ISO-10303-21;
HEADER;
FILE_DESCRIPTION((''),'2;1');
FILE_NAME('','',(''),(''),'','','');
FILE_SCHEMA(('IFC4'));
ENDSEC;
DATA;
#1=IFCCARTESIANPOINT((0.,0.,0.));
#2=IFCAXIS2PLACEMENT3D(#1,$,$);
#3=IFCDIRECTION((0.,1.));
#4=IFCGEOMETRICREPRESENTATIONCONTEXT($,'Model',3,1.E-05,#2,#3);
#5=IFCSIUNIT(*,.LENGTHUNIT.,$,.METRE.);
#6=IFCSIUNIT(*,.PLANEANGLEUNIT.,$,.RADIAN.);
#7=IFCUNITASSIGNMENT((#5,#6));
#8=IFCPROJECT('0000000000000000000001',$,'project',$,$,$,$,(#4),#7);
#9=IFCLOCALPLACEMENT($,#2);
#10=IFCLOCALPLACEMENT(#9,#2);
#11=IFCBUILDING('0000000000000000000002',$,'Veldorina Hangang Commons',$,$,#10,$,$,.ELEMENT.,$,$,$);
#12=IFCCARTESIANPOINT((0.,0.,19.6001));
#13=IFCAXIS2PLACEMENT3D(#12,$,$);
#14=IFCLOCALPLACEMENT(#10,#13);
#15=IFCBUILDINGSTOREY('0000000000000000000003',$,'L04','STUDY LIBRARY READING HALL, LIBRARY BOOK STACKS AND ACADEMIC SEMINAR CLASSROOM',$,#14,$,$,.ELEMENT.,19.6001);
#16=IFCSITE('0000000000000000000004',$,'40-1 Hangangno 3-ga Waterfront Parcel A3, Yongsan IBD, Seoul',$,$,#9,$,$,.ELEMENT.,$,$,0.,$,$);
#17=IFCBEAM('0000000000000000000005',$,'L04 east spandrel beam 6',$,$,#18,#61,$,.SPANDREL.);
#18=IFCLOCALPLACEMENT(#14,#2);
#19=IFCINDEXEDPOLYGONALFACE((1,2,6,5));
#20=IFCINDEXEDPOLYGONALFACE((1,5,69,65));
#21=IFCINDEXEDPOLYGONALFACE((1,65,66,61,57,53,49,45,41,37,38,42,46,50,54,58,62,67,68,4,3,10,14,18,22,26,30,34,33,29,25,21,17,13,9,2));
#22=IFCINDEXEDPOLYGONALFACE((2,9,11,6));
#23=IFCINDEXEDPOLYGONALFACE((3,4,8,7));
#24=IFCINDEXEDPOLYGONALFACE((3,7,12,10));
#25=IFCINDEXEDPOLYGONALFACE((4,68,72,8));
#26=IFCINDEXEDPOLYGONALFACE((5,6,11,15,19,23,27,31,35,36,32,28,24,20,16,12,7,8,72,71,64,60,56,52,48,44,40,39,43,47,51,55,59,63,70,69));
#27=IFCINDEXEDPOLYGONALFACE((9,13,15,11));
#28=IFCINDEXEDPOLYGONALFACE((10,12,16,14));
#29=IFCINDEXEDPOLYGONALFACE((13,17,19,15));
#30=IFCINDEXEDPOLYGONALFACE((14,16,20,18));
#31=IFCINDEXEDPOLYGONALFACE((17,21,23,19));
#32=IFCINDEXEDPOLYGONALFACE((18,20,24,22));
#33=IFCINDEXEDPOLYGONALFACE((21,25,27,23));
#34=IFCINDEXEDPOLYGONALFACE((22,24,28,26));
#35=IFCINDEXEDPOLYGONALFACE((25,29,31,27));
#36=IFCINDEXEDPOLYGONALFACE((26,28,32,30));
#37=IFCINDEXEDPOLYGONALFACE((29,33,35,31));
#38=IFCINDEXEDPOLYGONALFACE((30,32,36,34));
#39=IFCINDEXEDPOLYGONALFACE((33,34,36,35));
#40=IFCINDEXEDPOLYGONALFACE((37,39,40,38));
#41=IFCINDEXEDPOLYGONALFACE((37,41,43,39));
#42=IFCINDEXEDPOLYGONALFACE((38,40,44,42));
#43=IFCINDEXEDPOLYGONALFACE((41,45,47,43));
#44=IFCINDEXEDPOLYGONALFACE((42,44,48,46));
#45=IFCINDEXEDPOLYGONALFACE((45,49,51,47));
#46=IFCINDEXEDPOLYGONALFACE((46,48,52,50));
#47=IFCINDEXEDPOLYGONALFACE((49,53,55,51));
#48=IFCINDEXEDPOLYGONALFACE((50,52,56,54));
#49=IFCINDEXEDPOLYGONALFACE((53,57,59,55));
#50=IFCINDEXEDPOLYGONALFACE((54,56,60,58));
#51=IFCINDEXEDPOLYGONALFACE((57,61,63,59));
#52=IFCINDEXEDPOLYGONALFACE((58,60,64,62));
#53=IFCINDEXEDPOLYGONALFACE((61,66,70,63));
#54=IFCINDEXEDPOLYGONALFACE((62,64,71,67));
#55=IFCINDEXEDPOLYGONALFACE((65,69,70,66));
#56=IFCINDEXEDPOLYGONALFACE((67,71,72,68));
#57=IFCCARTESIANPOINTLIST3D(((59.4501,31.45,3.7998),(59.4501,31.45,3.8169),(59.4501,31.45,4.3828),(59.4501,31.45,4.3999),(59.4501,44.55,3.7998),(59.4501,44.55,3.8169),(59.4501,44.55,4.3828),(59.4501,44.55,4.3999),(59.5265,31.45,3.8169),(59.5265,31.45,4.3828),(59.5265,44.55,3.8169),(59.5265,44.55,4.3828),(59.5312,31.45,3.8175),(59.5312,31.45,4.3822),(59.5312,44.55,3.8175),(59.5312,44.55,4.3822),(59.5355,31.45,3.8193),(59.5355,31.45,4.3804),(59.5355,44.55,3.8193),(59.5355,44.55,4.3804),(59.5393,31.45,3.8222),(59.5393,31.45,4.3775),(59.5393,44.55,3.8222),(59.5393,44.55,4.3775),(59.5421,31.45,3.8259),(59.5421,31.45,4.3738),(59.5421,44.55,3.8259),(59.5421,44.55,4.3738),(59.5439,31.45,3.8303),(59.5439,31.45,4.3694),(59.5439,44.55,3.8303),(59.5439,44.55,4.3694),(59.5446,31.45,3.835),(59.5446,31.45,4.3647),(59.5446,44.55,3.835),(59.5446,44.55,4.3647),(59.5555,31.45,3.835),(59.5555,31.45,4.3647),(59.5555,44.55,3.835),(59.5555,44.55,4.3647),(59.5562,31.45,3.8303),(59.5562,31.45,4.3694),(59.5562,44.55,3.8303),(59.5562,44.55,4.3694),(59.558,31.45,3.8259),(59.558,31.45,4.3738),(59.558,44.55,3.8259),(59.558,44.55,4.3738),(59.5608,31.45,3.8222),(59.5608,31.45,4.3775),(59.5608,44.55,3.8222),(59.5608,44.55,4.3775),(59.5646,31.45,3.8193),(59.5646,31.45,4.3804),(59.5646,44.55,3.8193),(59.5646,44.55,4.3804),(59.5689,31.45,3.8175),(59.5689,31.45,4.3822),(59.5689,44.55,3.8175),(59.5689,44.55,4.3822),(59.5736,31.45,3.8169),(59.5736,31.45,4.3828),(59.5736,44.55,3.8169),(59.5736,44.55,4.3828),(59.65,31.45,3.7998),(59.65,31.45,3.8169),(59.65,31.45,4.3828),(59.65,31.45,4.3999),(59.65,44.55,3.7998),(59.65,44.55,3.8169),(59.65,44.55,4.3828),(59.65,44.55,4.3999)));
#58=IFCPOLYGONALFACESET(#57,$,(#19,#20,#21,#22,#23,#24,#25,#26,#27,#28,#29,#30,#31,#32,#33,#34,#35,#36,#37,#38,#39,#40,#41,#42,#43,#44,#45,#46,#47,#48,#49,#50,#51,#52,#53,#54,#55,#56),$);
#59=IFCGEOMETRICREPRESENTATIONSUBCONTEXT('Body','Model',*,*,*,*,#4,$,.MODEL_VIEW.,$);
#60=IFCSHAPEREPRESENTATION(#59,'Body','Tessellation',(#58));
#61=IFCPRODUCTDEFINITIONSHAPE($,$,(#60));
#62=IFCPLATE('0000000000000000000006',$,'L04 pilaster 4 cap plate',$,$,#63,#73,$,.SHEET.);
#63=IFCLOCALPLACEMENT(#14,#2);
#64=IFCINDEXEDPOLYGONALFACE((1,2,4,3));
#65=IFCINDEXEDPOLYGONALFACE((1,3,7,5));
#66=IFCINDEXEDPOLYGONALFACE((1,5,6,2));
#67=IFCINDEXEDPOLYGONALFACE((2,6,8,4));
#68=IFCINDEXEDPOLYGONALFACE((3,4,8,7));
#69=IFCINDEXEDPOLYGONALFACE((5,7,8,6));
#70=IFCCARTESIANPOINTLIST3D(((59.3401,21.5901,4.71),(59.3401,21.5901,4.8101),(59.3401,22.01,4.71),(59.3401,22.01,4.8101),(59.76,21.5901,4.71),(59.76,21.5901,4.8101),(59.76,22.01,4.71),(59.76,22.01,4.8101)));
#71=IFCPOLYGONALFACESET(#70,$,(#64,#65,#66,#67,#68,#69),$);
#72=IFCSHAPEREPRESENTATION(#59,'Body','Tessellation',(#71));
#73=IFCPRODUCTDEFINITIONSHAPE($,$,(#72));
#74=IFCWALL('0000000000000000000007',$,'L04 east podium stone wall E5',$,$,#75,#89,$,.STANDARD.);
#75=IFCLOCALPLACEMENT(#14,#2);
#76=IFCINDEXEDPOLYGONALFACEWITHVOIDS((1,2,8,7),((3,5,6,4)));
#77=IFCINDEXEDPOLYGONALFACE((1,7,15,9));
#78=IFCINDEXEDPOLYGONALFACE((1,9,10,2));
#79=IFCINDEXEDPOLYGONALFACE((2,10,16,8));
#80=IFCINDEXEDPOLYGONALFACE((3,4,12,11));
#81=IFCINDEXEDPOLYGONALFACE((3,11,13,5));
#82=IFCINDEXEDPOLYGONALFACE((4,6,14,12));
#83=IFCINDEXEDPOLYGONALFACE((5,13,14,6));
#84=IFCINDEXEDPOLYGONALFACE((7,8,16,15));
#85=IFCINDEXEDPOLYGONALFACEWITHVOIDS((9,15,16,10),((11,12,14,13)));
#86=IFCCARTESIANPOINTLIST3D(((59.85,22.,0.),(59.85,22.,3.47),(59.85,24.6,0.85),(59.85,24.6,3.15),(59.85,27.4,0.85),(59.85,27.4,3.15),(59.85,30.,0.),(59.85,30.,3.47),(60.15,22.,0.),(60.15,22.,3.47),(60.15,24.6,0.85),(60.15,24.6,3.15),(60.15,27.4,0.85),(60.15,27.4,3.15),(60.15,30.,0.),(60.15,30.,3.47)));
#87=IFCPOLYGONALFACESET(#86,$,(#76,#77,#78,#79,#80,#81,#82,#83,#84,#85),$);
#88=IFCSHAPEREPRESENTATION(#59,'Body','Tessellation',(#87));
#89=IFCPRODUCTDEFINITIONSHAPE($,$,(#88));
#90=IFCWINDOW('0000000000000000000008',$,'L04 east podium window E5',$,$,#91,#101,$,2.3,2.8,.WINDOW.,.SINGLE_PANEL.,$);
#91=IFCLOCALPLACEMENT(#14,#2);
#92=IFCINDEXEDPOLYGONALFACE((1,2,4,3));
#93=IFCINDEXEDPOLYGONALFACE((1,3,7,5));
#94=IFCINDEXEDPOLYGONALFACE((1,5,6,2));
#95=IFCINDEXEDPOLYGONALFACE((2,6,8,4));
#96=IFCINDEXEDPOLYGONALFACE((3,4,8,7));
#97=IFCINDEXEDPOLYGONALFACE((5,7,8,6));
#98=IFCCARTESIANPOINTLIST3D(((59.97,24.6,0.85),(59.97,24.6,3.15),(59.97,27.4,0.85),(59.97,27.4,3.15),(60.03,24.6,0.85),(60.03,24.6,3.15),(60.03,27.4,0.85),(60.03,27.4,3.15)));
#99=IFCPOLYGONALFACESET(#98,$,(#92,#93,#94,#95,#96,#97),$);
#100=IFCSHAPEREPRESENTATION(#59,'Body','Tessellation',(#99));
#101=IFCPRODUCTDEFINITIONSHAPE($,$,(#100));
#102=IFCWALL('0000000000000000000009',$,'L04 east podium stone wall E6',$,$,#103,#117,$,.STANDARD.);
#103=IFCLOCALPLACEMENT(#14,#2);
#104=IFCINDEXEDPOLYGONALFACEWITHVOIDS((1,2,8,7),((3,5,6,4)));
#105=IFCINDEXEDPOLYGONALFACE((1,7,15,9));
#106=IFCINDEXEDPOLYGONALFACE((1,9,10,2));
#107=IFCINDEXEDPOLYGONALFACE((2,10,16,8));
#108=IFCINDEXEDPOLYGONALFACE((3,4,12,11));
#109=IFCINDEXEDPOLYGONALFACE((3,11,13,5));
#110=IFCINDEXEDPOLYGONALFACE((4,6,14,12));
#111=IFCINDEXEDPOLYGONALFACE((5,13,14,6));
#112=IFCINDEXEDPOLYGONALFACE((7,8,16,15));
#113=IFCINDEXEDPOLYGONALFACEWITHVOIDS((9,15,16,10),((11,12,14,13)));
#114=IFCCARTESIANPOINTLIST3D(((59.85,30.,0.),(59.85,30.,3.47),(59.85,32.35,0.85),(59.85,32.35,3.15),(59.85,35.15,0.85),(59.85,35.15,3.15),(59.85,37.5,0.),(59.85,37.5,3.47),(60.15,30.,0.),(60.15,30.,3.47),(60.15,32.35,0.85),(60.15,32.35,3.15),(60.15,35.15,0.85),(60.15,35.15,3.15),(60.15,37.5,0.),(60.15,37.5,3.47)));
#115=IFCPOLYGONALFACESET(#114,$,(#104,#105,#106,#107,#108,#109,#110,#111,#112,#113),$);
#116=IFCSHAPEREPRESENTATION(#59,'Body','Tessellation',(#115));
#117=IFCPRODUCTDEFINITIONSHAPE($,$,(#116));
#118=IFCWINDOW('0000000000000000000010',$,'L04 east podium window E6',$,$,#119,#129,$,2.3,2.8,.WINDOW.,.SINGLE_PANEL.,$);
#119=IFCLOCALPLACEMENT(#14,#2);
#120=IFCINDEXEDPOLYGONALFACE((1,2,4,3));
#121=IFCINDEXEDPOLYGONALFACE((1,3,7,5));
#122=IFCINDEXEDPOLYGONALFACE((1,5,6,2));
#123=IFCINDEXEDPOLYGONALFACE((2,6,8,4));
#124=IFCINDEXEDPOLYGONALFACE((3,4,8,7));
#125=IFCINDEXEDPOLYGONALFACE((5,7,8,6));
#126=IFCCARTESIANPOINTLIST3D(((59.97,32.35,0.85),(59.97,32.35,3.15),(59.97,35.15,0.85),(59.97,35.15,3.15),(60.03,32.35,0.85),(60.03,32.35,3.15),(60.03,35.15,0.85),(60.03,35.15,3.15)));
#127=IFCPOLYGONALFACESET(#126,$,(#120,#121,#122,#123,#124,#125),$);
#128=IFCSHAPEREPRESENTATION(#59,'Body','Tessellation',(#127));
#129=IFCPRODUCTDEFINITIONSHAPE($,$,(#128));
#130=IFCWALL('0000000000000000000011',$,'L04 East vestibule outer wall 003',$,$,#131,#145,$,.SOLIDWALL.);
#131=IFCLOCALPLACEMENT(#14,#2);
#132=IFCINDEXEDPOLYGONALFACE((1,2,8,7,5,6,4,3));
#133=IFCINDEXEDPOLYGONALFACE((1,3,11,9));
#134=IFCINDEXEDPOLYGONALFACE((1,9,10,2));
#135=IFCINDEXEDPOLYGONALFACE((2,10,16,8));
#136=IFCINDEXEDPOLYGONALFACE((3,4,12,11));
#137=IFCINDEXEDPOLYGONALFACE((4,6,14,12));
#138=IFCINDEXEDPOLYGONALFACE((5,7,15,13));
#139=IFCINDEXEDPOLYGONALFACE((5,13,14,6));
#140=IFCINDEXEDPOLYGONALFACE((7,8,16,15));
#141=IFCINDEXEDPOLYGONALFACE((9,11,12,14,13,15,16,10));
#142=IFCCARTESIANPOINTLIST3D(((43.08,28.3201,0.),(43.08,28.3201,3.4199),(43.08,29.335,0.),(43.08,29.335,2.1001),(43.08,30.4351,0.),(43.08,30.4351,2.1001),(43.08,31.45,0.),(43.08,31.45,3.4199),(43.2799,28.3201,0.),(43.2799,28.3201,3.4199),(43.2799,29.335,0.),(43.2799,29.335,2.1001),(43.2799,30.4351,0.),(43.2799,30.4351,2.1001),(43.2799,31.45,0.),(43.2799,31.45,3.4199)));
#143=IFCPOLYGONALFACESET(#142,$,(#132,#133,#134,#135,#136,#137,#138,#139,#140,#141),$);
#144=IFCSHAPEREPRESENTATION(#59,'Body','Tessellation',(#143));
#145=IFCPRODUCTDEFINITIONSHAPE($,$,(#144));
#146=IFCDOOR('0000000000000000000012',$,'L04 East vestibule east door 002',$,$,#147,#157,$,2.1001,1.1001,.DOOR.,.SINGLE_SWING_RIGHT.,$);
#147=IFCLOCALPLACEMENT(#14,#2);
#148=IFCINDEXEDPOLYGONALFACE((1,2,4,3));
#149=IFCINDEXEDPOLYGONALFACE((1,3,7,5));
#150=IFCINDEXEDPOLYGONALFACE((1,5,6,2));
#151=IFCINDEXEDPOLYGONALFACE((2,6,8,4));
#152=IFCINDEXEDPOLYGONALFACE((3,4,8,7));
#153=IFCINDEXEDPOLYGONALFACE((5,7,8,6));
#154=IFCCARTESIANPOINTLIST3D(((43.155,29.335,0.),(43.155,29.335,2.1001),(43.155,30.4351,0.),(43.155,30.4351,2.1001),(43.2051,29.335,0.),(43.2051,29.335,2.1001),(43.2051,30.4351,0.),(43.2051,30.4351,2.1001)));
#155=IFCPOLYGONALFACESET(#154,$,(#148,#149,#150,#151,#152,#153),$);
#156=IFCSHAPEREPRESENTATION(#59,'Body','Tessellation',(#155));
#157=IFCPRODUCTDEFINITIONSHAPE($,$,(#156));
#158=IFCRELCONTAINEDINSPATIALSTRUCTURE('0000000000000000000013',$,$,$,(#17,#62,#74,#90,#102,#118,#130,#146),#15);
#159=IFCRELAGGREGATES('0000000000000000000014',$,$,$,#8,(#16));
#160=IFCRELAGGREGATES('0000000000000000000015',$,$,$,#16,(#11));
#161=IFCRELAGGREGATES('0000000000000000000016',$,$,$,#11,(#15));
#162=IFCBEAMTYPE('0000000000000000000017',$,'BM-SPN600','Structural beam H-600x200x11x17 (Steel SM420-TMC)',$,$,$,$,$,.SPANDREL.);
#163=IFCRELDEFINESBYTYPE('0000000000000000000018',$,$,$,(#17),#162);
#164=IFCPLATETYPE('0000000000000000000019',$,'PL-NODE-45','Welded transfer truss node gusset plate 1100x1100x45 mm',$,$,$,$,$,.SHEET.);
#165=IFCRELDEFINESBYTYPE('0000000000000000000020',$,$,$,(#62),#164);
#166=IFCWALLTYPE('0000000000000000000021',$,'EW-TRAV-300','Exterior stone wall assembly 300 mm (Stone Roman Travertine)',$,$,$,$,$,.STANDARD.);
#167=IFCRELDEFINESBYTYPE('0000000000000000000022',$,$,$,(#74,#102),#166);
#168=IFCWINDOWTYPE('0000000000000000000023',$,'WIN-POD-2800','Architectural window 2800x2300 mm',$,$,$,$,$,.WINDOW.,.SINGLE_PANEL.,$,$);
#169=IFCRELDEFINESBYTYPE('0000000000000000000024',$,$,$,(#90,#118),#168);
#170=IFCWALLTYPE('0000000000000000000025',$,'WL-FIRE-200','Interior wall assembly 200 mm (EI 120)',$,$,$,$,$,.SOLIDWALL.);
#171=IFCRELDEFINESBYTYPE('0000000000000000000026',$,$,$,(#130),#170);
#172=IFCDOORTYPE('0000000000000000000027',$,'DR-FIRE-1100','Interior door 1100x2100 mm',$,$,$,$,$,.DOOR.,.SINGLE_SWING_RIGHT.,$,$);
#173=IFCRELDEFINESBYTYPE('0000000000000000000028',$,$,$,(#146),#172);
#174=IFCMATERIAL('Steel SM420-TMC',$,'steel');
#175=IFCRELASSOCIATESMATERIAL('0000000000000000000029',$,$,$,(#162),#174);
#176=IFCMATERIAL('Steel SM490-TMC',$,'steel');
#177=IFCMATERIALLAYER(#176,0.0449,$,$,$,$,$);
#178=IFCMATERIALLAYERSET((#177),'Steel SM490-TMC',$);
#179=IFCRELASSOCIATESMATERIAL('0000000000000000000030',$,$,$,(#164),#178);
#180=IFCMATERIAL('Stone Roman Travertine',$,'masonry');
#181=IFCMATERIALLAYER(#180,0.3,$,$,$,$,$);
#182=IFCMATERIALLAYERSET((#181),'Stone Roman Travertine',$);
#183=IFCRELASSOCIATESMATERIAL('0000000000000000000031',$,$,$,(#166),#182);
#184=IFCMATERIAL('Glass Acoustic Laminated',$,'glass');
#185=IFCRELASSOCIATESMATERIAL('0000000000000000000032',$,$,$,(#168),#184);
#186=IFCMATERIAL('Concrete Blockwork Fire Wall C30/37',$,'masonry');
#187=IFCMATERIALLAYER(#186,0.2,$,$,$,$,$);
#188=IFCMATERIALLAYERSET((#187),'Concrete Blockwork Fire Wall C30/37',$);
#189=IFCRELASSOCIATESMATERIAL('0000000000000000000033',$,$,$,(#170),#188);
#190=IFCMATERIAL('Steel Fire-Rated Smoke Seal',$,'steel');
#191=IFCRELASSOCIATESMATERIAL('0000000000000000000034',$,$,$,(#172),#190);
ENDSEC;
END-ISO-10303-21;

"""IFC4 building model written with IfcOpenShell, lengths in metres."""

from ifc_helpers import new_model, si_unit, direction, frame, frame_2d, origin, origin_2d, place, context, subcontext, project, spatial, rectangle, i_section, extrude, material, layer, layer_set, material_profile, profile_set, type_object, element, fill, save


model = new_model("IFC4")

# Units and contexts
model_context = context("Model", 3, precision=1e-05, world=origin(), true_north=direction((0.0, 1.0)))
body_context = subcontext(model_context, "Body", "Model", "MODEL_VIEW")
ifc_project = project(units=[si_unit("LENGTHUNIT", "METRE"), si_unit("PLANEANGLEUNIT", "RADIAN")], contexts=[model_context])

# Site, building, storey
site_placement = place(None, origin())
site = spatial("IfcSite", under=ifc_project, at=site_placement, Name="40-1 Hangangno 3-ga Waterfront Parcel A3, Yongsan IBD, Seoul", CompositionType="ELEMENT", RefElevation=0.0)
building_placement = place(site_placement, origin())
building = spatial("IfcBuilding", under=site, at=building_placement, Name="Veldorina Hangang Commons", CompositionType="ELEMENT")
storey_placement = place(building_placement, frame((0.0, 0.0, 19.6001)))
storey = spatial("IfcBuildingStorey", under=building, at=storey_placement, Name="L04", Description="STUDY LIBRARY READING HALL, LIBRARY BOOK STACKS AND ACADEMIC SEMINAR CLASSROOM", CompositionType="ELEMENT", Elevation=19.6001)

# Shared definitions
ifc_material_1 = material(Name="Steel SM420-TMC", Category="steel")

# Beam
ifc_material_profile_1 = material_profile(ifc_material_1, i_section(OverallWidth=0.2, OverallDepth=0.6001, WebThickness=0.011, FlangeThickness=0.0171, FilletRadius=0.0181, at=origin_2d()), Name="H-600x200x11x17")
ifc_profile_set_1 = profile_set([ifc_material_profile_1], Name="Steel SM420-TMC")
beam_type_1 = type_object("IfcBeamType", Name="BM-SPN600", Description="Structural beam H-600x200x11x17 (Steel SM420-TMC)", PredefinedType="SPANDREL", material=ifc_profile_set_1)
beam_1_placement = place(storey_placement, frame((59.55, 31.45, 4.0999), z_axis=(0.0, 1.0, 0.0), x_axis=(-1.0, 0.0, 0.0)))
element("IfcBeam", 1, at=beam_1_placement, inside=storey, type_object=beam_type_1, Name="L04 east spandrel beam 6", PredefinedType="SPANDREL", context=body_context, shape_type="SweptSolid", body=[
    extrude(i_section(OverallWidth=0.2, OverallDepth=0.6001, WebThickness=0.011, FlangeThickness=0.0171, FilletRadius=0.0181, at=origin_2d()), origin(), (0.0, 0.0, 1.0), 13.1001),
])

# Plate
ifc_material_2 = material(Name="Steel SM490-TMC", Category="steel")
ifc_layer_1 = layer(ifc_material_2, 0.0449)
ifc_layer_set_1 = layer_set([ifc_layer_1], Name="Steel SM490-TMC")
plate_type = type_object("IfcPlateType", Name="PL-NODE-45", Description="Welded transfer truss node gusset plate 1100x1100x45 mm", PredefinedType="SHEET", material=ifc_layer_set_1)
plate_placement = place(storey_placement, frame((59.55, 21.8, 4.71), z_axis=(0.0, 0.0, 1.0), x_axis=(1.0, 0.0, 0.0)))
element("IfcPlate", 2, at=plate_placement, inside=storey, type_object=plate_type, Name="L04 pilaster 4 cap plate", PredefinedType="SHEET", context=body_context, shape_type="SweptSolid", body=[
    extrude(rectangle(XDim=0.4199, YDim=0.4199, at=origin_2d()), origin(), (0.0, 0.0, 1.0), 0.1001),
])

# Walls, openings, windows
ifc_material_3 = material(Name="Stone Roman Travertine", Category="masonry")
ifc_layer_2 = layer(ifc_material_3, 0.3)
ifc_layer_set_2 = layer_set([ifc_layer_2], Name="Stone Roman Travertine")
wall_type_1 = type_object("IfcWallType", Name="EW-TRAV-300", Description="Exterior stone wall assembly 300 mm (Stone Roman Travertine)", PredefinedType="STANDARD", material=ifc_layer_set_2)
wall_1_placement = place(storey_placement, frame((60.0, 22.0, 0.0), z_axis=(0.0, 0.0, 1.0), x_axis=(0.0, 1.0, 0.0)))
wall_1 = element("IfcWall", 3, at=wall_1_placement, inside=storey, type_object=wall_type_1, Name="L04 east podium stone wall E5", PredefinedType="STANDARD", context=body_context, shape_type="SweptSolid", body=[
    extrude(rectangle(XDim=8.0, YDim=0.3, at=frame_2d((4.0, 0.0))), origin(), (0.0, 0.0, 1.0), 3.47),
])
opening_1_placement = place(wall_1_placement, frame((2.6001, 0.0, 0.8501)))
opening_1 = element("IfcOpeningElement", 4, at=opening_1_placement, cuts=wall_1, PredefinedType="OPENING", context=body_context, shape_type="SweptSolid", body=[
    extrude(rectangle(XDim=2.8, YDim=2.3, at=frame_2d((1.3999, 1.1499))), frame((0.0, 0.1602, 0.0), z_axis=(0.0, -1.0, 0.0), x_axis=(1.0, 0.0, 0.0)), (0.0, 0.0, 1.0), 0.3201),
])
ifc_material_4 = material(Name="Glass Acoustic Laminated", Category="glass")
window_type = type_object("IfcWindowType", Name="WIN-POD-2800", Description="Architectural window 2800x2300 mm", PartitioningType="SINGLE_PANEL", PredefinedType="WINDOW", material=ifc_material_4)
window_1_placement = place(opening_1_placement, origin())
window_1 = element("IfcWindow", 5, at=window_1_placement, inside=storey, type_object=window_type, Name="L04 east podium window E5", OverallHeight=2.3, OverallWidth=2.8, PartitioningType="SINGLE_PANEL", PredefinedType="WINDOW", context=body_context, shape_type="SweptSolid", body=[
    extrude(rectangle(XDim=2.8, YDim=2.3, at=frame_2d((1.3999, 1.1499))), frame((0.0, 0.03, 0.0), z_axis=(0.0, -1.0, 0.0), x_axis=(1.0, 0.0, 0.0)), (0.0, 0.0, 1.0), 0.0601),
])
fill(opening_1, window_1)
wall_2_placement = place(storey_placement, frame((60.0, 30.0, 0.0), z_axis=(0.0, 0.0, 1.0), x_axis=(0.0, 1.0, 0.0)))
wall_2 = element("IfcWall", 6, at=wall_2_placement, inside=storey, type_object=wall_type_1, Name="L04 east podium stone wall E6", PredefinedType="STANDARD", context=body_context, shape_type="SweptSolid", body=[
    extrude(rectangle(XDim=7.5, YDim=0.3, at=frame_2d((3.75, 0.0))), origin(), (0.0, 0.0, 1.0), 3.47),
])
opening_2_placement = place(wall_2_placement, frame((2.3501, 0.0, 0.8501)))
opening_2 = element("IfcOpeningElement", 7, at=opening_2_placement, cuts=wall_2, PredefinedType="OPENING", context=body_context, shape_type="SweptSolid", body=[
    extrude(rectangle(XDim=2.8, YDim=2.3, at=frame_2d((1.3999, 1.1499))), frame((0.0, 0.1602, 0.0), z_axis=(0.0, -1.0, 0.0), x_axis=(1.0, 0.0, 0.0)), (0.0, 0.0, 1.0), 0.3201),
])
window_2_placement = place(opening_2_placement, origin())
window_2 = element("IfcWindow", 8, at=window_2_placement, inside=storey, type_object=window_type, Name="L04 east podium window E6", OverallHeight=2.3, OverallWidth=2.8, PartitioningType="SINGLE_PANEL", PredefinedType="WINDOW", context=body_context, shape_type="SweptSolid", body=[
    extrude(rectangle(XDim=2.8, YDim=2.3, at=frame_2d((1.3999, 1.1499))), frame((0.0, 0.03, 0.0), z_axis=(0.0, -1.0, 0.0), x_axis=(1.0, 0.0, 0.0)), (0.0, 0.0, 1.0), 0.0601),
])
fill(opening_2, window_2)

# Wall, opening, door
ifc_material_5 = material(Name="Concrete Blockwork Fire Wall C30/37", Category="masonry")
ifc_layer_3 = layer(ifc_material_5, 0.2)
ifc_layer_set_3 = layer_set([ifc_layer_3], Name="Concrete Blockwork Fire Wall C30/37")
wall_type_2 = type_object("IfcWallType", Name="WL-FIRE-200", Description="Interior wall assembly 200 mm (EI 120)", PredefinedType="SOLIDWALL", material=ifc_layer_set_3)
wall_3_placement = place(storey_placement, frame((43.1799, 28.3201, 0.0), z_axis=(0.0, 0.0, 1.0), x_axis=(0.0, 1.0, 0.0)))
wall_3 = element("IfcWall", 9, at=wall_3_placement, inside=storey, type_object=wall_type_2, Name="L04 East vestibule outer wall 003", PredefinedType="SOLIDWALL", context=body_context, shape_type="SweptSolid", body=[
    extrude(rectangle(XDim=3.1299, YDim=0.2, at=frame_2d((1.5649, 0.0))), origin(), (0.0, 0.0, 1.0), 3.4199),
])
opening_3_placement = place(wall_3_placement, frame((1.0149, 0.0, 0.0)))
opening_3 = element("IfcOpeningElement", 10, at=opening_3_placement, cuts=wall_3, PredefinedType="OPENING", context=body_context, shape_type="SweptSolid", body=[
    extrude(rectangle(XDim=1.1001, YDim=2.1001, at=frame_2d((0.55, 1.05))), frame((0.0, 0.1099, 0.0), z_axis=(0.0, -1.0, 0.0), x_axis=(1.0, 0.0, 0.0)), (0.0, 0.0, 1.0), 0.22),
])
ifc_material_6 = material(Name="Steel Fire-Rated Smoke Seal", Category="steel")
door_type = type_object("IfcDoorType", Name="DR-FIRE-1100", Description="Interior door 1100x2100 mm", OperationType="SINGLE_SWING_RIGHT", PredefinedType="DOOR", material=ifc_material_6)
door_placement = place(opening_3_placement, origin())
door = element("IfcDoor", 11, at=door_placement, inside=storey, type_object=door_type, Name="L04 East vestibule east door 002", OperationType="SINGLE_SWING_RIGHT", OverallHeight=2.1001, OverallWidth=1.1001, PredefinedType="DOOR", context=body_context, shape_type="SweptSolid", body=[
    extrude(rectangle(XDim=1.1001, YDim=2.1001, at=frame_2d((0.55, 1.05))), frame((0.0, 0.0249, 0.0), z_axis=(0.0, -1.0, 0.0), x_axis=(1.0, 0.0, 0.0)), (0.0, 0.0, 1.0), 0.05),
])
fill(opening_3, door)

save(model, "model.ifc")
